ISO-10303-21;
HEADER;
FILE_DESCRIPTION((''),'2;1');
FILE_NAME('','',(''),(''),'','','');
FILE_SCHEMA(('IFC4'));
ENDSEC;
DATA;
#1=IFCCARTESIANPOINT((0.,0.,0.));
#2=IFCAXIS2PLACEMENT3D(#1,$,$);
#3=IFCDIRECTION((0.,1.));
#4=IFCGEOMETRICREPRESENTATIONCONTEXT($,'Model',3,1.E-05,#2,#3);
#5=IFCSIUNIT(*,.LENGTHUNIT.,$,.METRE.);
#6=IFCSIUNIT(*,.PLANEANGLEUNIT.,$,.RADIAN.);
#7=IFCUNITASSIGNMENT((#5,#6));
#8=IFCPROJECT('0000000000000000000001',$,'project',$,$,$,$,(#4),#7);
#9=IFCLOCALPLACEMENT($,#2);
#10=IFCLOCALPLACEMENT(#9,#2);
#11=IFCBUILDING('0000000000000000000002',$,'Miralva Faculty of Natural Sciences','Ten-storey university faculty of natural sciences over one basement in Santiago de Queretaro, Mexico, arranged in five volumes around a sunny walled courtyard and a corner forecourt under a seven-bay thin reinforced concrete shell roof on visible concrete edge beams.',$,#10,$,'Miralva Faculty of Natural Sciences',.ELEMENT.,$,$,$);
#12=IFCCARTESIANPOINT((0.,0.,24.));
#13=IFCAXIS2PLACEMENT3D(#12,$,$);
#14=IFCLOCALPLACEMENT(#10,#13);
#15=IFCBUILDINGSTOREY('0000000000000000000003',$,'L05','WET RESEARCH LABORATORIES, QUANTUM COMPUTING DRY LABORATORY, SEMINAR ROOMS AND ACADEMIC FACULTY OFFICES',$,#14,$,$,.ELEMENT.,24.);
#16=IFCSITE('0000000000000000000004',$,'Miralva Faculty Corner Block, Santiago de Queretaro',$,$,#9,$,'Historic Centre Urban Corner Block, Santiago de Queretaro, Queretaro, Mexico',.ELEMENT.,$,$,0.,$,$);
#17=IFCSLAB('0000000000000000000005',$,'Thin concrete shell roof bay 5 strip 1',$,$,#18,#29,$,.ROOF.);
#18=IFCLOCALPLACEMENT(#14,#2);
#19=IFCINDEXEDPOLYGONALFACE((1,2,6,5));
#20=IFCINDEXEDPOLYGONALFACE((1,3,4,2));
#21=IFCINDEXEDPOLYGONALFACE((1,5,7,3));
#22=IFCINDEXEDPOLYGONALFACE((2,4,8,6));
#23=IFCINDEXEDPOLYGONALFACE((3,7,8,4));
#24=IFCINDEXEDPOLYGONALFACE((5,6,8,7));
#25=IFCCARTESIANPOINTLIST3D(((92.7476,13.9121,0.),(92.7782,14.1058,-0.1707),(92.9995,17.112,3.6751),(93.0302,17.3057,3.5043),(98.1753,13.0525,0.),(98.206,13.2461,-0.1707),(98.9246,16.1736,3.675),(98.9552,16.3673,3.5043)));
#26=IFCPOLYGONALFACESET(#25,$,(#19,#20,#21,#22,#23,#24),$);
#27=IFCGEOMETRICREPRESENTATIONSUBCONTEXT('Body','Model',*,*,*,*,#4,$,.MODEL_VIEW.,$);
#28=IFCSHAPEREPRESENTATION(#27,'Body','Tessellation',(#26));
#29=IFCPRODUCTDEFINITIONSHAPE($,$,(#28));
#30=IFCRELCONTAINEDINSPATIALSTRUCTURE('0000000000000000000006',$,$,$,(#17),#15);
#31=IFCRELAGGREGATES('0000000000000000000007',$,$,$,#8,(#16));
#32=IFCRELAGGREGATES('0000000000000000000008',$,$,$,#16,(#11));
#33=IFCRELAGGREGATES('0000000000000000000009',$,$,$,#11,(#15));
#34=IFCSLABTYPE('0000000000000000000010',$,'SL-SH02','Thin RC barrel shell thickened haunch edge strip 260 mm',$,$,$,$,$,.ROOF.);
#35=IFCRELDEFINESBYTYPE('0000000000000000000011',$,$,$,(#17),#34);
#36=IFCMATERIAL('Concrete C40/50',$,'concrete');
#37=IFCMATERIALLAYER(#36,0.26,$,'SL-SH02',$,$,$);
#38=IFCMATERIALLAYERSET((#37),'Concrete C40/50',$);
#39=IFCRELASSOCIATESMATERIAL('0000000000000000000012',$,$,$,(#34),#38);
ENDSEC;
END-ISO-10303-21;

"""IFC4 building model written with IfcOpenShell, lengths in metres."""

from ifc_helpers import new_model, si_unit, direction, frame, origin, place, context, subcontext, project, spatial, polyline, outline, extrude, material, layer, layer_set, type_object, element, save


model = new_model("IFC4")

# Units and contexts
model_context = context("Model", 3, precision=1e-05, world=origin(), true_north=direction((0.0, 1.0)))
body_context = subcontext(model_context, "Body", "Model", "MODEL_VIEW")
ifc_project = project(units=[si_unit("LENGTHUNIT", "METRE"), si_unit("PLANEANGLEUNIT", "RADIAN")], contexts=[model_context])

# Site, building, storey
site_placement = place(None, origin())
site = spatial("IfcSite", under=ifc_project, at=site_placement, Name="Miralva Faculty Corner Block, Santiago de Queretaro", LongName="Historic Centre Urban Corner Block, Santiago de Queretaro, Queretaro, Mexico", CompositionType="ELEMENT", RefElevation=0.0)
building_placement = place(site_placement, origin())
building = spatial("IfcBuilding", under=site, at=building_placement, Name="Miralva Faculty of Natural Sciences", Description="Ten-storey university faculty of natural sciences over one basement in Santiago de Queretaro, Mexico, arranged in five volumes around a sunny walled courtyard and a corner forecourt under a seven-bay thin reinforced concrete shell roof on visible concrete edge beams.", LongName="Miralva Faculty of Natural Sciences", CompositionType="ELEMENT")
storey_placement = place(building_placement, frame((0.0, 0.0, 24.0)))
storey = spatial("IfcBuildingStorey", under=building, at=storey_placement, Name="L05", Description="WET RESEARCH LABORATORIES, QUANTUM COMPUTING DRY LABORATORY, SEMINAR ROOMS AND ACADEMIC FACULTY OFFICES", CompositionType="ELEMENT", Elevation=24.0)

# Shared definitions
ifc_material_1 = material(Name="Concrete C40/50", Category="concrete")

# Slab
ifc_layer_1 = layer(ifc_material_1, 0.26, Name="SL-SH02")
ifc_layer_set_1 = layer_set([ifc_layer_1], Name="Concrete C40/50")
slab_type_1 = type_object("IfcSlabType", Name="SL-SH02", Description="Thin RC barrel shell thickened haunch edge strip 260 mm", PredefinedType="ROOF", material=ifc_layer_set_1)
slab_1_placement = place(storey_placement, frame((92.7476, 13.9121, 0.0), z_axis=(-0.117979, -0.744891, 0.656673), x_axis=(0.987689, -0.15643, 0.000004)))
element("IfcSlab", 1, at=slab_1_placement, inside=storey, type_object=slab_type_1, Name="Thin concrete shell roof bay 5 strip 1", PredefinedType="ROOF", context=body_context, shape_type="SweptSolid", body=[
    extrude(outline(polyline([(0.0, 0.0), (5.4954, 0.0), (5.7472, 4.8729), (-0.2517, 4.873), (0.0, 0.0)])), origin(), (0.0, 0.0, -1.0), 0.26),
])

save(model, "model.ifc")
